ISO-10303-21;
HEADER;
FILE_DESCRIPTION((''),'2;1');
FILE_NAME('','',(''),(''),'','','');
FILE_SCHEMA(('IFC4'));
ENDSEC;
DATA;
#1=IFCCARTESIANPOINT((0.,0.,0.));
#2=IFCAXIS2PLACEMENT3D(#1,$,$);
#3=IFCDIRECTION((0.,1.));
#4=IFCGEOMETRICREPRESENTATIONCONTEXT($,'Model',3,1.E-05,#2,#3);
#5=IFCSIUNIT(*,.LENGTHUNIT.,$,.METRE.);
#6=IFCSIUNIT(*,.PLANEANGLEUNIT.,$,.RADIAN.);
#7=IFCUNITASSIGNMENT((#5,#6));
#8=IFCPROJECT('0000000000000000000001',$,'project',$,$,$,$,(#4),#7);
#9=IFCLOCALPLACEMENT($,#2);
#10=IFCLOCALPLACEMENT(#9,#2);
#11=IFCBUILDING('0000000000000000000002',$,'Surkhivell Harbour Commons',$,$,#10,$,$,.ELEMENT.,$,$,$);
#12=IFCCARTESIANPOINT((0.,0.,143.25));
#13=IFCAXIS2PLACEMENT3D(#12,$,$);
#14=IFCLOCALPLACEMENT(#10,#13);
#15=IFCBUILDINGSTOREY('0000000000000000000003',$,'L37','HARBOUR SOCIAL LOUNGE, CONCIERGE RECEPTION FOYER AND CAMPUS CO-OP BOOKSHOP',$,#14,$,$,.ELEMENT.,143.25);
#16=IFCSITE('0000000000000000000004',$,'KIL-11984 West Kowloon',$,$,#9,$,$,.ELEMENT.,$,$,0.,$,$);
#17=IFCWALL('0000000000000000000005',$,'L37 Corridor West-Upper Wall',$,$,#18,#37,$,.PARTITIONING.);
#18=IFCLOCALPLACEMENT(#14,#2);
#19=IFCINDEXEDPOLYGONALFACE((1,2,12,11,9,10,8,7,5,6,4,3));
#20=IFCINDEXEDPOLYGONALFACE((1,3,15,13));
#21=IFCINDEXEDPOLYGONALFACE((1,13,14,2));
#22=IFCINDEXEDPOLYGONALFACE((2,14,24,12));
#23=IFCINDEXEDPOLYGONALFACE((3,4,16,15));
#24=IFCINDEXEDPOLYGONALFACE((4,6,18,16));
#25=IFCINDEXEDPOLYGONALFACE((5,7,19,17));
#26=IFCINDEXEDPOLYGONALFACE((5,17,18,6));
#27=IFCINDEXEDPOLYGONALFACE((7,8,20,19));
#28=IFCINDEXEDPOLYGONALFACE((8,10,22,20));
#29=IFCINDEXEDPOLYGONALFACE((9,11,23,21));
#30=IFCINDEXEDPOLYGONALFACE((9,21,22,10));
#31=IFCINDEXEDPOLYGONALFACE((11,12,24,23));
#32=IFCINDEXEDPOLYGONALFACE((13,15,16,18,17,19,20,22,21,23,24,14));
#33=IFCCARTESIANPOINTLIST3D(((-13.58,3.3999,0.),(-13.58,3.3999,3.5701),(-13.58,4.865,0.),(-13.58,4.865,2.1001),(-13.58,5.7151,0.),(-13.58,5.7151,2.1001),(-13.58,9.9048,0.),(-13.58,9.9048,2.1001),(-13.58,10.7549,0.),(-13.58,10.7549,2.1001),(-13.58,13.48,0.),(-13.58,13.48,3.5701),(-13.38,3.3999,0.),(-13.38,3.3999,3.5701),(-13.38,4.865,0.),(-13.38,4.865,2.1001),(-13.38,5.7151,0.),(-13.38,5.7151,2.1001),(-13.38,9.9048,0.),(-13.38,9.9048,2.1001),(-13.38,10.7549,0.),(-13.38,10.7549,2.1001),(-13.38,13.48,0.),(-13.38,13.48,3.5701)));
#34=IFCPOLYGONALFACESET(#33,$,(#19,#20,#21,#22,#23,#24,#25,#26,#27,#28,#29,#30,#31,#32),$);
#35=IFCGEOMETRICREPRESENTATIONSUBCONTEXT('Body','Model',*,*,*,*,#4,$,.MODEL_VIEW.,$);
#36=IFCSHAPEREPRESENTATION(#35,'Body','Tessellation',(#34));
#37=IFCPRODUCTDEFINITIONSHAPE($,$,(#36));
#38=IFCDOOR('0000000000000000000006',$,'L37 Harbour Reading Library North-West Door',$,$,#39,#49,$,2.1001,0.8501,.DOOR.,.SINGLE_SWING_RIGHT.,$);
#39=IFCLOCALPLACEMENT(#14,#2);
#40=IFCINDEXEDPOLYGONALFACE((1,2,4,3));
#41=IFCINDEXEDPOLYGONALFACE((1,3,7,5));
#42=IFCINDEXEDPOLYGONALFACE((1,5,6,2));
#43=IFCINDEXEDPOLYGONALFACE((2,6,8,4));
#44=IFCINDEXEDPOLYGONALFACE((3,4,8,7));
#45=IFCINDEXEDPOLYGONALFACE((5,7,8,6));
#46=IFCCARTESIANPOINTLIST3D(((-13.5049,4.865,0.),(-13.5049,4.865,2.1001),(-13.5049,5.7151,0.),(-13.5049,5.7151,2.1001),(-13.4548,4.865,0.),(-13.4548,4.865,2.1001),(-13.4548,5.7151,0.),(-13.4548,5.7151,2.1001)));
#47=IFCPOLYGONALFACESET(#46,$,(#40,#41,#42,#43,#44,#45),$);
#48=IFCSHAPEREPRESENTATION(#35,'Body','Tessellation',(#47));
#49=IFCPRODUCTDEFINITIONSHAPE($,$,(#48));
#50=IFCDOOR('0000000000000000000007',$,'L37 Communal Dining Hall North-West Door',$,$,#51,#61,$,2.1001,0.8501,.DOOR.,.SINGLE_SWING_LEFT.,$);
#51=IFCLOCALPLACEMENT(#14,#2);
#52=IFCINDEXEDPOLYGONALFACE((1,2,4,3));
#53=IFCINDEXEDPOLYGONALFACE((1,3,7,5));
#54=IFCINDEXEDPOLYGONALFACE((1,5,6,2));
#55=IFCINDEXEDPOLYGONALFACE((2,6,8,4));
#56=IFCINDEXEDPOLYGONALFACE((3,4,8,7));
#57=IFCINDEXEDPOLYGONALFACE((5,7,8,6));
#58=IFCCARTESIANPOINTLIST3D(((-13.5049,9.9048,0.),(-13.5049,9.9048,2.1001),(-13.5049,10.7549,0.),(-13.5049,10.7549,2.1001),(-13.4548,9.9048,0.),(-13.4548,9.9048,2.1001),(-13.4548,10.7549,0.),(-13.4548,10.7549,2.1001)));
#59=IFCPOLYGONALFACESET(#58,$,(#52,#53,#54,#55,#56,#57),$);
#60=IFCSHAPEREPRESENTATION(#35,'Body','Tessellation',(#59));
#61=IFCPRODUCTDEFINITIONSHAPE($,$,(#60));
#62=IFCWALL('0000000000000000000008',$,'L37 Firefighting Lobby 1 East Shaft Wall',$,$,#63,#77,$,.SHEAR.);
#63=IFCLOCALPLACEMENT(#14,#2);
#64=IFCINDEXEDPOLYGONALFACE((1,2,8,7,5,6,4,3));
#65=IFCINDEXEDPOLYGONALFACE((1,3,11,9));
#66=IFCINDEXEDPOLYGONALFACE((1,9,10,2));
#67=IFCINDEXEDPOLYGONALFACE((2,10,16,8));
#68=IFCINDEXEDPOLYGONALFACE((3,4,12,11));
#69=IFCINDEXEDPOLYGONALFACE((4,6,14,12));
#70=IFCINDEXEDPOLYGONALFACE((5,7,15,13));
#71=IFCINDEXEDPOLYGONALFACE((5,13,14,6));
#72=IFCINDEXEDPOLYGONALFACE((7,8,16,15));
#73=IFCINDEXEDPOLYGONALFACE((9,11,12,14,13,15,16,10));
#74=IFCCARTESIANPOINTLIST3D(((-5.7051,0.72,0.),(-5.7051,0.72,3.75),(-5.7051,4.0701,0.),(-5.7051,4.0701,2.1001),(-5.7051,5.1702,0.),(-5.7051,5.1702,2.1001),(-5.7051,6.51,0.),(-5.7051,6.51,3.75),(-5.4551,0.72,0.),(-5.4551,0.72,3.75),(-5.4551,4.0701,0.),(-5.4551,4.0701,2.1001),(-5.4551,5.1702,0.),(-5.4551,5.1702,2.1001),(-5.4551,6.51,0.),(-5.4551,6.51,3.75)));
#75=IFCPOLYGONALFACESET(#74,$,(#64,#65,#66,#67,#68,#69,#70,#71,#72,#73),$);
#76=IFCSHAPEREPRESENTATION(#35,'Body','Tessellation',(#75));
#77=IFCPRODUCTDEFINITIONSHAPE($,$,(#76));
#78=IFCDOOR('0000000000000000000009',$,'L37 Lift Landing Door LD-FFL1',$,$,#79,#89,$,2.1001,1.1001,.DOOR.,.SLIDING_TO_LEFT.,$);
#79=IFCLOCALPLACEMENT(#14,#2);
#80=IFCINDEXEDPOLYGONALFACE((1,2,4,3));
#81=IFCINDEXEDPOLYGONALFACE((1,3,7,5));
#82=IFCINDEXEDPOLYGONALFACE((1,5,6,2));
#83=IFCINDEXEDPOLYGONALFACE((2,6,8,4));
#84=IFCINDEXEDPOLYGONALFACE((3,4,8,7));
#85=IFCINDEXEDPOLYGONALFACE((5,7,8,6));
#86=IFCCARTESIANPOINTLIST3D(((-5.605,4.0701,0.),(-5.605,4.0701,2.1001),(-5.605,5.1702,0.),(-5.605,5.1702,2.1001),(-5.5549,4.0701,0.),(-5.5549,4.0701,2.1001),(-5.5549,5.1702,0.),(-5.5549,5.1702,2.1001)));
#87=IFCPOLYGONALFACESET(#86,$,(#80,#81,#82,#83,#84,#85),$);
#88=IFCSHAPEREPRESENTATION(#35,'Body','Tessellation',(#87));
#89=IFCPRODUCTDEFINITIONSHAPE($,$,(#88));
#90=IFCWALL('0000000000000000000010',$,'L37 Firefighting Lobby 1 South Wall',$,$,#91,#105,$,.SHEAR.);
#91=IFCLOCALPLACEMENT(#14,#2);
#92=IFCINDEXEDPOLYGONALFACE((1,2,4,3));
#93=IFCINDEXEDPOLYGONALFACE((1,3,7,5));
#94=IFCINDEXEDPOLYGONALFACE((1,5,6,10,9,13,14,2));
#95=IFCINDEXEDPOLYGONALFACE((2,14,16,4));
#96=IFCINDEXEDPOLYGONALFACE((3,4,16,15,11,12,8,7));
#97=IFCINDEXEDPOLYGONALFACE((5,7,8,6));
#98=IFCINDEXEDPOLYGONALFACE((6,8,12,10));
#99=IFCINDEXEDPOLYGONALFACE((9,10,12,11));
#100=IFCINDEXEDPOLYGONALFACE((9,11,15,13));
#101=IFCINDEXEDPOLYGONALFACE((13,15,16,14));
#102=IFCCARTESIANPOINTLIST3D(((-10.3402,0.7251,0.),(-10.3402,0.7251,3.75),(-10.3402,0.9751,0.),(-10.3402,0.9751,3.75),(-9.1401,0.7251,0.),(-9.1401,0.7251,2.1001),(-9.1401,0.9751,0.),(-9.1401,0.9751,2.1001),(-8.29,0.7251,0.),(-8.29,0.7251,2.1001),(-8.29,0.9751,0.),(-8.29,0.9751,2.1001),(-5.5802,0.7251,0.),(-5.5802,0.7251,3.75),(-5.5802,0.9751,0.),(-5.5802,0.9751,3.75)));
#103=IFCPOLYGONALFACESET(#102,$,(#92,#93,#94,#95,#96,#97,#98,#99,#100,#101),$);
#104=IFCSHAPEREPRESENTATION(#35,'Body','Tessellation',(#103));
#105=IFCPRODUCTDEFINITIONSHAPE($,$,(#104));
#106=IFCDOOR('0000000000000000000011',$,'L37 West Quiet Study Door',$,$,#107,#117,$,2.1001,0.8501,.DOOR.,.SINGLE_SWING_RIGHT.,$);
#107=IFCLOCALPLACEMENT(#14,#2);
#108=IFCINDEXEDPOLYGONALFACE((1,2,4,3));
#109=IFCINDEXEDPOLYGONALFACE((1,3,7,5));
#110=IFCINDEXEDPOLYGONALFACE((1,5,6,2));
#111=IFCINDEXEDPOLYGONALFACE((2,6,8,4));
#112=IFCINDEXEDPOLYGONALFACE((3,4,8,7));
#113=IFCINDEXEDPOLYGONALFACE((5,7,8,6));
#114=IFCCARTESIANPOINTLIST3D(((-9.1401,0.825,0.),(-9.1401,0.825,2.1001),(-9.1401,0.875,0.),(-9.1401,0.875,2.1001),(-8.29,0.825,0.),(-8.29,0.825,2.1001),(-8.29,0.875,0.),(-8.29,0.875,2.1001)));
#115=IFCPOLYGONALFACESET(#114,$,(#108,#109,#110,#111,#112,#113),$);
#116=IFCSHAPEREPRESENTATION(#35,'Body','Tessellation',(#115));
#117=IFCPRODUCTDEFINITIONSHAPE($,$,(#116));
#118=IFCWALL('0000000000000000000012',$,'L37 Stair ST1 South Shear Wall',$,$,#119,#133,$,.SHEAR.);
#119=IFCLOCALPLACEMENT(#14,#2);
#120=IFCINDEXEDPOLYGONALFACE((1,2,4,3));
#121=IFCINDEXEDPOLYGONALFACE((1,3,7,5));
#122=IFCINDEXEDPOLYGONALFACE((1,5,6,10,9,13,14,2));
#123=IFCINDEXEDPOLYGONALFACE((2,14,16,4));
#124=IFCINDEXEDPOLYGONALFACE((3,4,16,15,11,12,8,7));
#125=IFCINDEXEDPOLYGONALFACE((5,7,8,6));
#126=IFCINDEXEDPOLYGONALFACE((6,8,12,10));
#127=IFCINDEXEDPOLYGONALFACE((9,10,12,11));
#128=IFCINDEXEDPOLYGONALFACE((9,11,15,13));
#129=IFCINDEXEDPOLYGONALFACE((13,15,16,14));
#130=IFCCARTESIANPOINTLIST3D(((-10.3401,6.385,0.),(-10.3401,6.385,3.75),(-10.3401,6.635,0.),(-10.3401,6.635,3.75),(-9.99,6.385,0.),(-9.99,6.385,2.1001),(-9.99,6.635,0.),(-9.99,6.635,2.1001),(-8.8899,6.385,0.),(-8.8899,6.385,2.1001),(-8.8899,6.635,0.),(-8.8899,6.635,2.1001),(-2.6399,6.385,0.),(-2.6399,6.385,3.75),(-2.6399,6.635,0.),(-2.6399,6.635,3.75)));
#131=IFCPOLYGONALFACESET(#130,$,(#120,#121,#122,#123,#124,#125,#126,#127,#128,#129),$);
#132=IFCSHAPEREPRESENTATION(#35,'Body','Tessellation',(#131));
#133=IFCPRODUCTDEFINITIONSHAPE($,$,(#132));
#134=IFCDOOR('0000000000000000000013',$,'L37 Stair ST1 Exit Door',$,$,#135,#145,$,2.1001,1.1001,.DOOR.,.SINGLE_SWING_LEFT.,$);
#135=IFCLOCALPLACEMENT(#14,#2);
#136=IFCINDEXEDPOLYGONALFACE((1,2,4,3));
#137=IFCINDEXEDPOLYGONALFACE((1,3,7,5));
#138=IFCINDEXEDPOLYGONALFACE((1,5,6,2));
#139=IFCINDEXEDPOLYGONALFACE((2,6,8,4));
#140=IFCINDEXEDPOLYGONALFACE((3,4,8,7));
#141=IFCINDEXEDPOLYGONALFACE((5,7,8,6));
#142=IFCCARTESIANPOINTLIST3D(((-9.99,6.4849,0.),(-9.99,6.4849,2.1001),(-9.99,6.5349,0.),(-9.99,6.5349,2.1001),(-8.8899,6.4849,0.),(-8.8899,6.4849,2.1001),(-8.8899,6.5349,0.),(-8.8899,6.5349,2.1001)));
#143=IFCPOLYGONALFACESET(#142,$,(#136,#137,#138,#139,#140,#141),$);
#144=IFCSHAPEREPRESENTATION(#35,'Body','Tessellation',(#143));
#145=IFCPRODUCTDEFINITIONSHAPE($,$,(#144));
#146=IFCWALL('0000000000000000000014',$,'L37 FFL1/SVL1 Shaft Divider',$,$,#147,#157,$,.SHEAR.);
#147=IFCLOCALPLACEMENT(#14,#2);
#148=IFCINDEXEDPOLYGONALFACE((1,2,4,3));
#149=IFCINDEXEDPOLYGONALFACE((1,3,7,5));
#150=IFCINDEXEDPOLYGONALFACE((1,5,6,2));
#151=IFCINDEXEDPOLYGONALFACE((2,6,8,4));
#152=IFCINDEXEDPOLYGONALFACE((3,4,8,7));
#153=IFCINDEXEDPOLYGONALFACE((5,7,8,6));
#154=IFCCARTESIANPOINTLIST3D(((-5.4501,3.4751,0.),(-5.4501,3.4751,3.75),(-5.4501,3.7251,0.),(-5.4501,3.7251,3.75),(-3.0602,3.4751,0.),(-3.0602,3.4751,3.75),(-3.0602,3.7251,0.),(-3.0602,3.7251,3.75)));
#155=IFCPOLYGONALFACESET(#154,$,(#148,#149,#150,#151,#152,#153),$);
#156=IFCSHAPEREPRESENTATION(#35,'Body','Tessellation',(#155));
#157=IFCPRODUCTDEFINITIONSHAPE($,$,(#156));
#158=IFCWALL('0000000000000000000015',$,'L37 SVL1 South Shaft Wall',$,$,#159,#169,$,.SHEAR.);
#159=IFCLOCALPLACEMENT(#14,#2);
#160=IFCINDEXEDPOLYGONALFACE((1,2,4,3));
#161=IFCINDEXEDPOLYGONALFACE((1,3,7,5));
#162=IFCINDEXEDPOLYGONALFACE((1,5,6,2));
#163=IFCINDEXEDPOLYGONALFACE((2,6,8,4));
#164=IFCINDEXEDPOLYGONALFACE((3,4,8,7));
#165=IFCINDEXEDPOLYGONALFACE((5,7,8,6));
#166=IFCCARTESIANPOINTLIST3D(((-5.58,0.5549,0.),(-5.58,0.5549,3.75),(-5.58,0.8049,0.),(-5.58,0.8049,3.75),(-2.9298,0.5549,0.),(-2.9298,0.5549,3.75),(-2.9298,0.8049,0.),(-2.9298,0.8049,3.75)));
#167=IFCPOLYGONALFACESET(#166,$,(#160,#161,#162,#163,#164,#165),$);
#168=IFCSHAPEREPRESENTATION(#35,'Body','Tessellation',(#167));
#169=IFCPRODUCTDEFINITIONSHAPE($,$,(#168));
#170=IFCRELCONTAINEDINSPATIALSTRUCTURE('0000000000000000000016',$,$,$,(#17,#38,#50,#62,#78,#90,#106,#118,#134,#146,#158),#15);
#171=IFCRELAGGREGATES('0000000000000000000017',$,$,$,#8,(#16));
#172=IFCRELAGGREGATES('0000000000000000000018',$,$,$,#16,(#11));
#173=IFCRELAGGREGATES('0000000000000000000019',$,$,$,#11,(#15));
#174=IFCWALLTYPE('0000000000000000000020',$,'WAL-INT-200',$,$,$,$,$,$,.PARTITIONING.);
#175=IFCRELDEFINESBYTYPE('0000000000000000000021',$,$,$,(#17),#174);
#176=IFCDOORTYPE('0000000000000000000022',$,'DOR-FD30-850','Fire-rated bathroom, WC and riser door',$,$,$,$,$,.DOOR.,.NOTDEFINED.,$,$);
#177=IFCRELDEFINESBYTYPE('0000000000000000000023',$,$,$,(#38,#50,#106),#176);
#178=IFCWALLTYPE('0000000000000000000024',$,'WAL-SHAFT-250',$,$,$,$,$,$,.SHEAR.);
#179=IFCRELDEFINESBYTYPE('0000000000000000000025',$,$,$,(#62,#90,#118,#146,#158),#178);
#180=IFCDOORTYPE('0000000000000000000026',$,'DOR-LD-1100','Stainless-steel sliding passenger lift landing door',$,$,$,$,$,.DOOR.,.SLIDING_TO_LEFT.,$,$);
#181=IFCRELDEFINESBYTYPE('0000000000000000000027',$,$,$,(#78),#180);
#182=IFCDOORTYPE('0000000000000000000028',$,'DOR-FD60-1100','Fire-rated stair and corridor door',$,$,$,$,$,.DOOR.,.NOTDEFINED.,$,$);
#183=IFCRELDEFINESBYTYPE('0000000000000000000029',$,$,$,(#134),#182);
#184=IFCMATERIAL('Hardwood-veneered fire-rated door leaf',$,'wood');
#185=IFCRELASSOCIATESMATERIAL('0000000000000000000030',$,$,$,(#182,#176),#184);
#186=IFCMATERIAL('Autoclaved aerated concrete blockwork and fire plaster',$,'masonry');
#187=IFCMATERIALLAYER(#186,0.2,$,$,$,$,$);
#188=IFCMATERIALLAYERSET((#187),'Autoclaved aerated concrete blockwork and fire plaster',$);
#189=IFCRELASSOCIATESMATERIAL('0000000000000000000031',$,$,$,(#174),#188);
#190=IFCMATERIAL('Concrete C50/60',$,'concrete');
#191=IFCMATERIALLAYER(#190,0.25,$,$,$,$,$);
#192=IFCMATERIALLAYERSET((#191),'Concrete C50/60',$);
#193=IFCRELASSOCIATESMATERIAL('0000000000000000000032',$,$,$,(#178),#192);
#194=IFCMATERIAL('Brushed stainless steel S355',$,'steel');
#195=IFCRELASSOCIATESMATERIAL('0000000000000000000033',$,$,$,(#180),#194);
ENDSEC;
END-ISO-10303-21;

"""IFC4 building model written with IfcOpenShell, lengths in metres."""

from ifc_helpers import new_model, si_unit, direction, frame, frame_2d, origin, place, context, subcontext, project, spatial, rectangle, extrude, material, layer, layer_set, type_object, element, fill, save


model = new_model("IFC4")

# Units and contexts
model_context = context("Model", 3, precision=1e-05, world=origin(), true_north=direction((0.0, 1.0)))
body_context = subcontext(model_context, "Body", "Model", "MODEL_VIEW")
ifc_project = project(units=[si_unit("LENGTHUNIT", "METRE"), si_unit("PLANEANGLEUNIT", "RADIAN")], contexts=[model_context])

# Site, building, storey
site_placement = place(None, origin())
site = spatial("IfcSite", under=ifc_project, at=site_placement, Name="KIL-11984 West Kowloon", CompositionType="ELEMENT", RefElevation=0.0)
building_placement = place(site_placement, origin())
building = spatial("IfcBuilding", under=site, at=building_placement, Name="Surkhivell Harbour Commons", CompositionType="ELEMENT")
storey_placement = place(building_placement, frame((0.0, 0.0, 143.25)))
storey = spatial("IfcBuildingStorey", under=building, at=storey_placement, Name="L37", Description="HARBOUR SOCIAL LOUNGE, CONCIERGE RECEPTION FOYER AND CAMPUS CO-OP BOOKSHOP", CompositionType="ELEMENT", Elevation=143.25)

# Shared definitions
ifc_material_1 = material(Name="Hardwood-veneered fire-rated door leaf", Category="wood")
door_type_1 = type_object("IfcDoorType", Name="DOR-FD60-1100", Description="Fire-rated stair and corridor door", OperationType="NOTDEFINED", PredefinedType="DOOR", material=ifc_material_1)

# Wall, openings, doors
ifc_material_2 = material(Name="Autoclaved aerated concrete blockwork and fire plaster", Category="masonry")
ifc_layer_1 = layer(ifc_material_2, 0.2)
ifc_layer_set_1 = layer_set([ifc_layer_1], Name="Autoclaved aerated concrete blockwork and fire plaster")
wall_type_1 = type_object("IfcWallType", Name="WAL-INT-200", PredefinedType="PARTITIONING", material=ifc_layer_set_1)
wall_1_placement = place(storey_placement, frame((-13.48, 3.3999, 0.0), z_axis=(0.0, 0.0, 1.0), x_axis=(0.0, 1.0, 0.0)))
wall_1 = element("IfcWall", 1, at=wall_1_placement, inside=storey, type_object=wall_type_1, Name="L37 Corridor West-Upper Wall", PredefinedType="PARTITIONING", context=body_context, shape_type="SweptSolid", body=[
    extrude(rectangle(XDim=10.0801, YDim=0.2, at=frame_2d((5.04, 0.0))), origin(), (0.0, 0.0, 1.0), 3.5701),
])
opening_1_placement = place(wall_1_placement, frame((1.4651, 0.0, 0.0)))
opening_1 = element("IfcOpeningElement", 2, at=opening_1_placement, cuts=wall_1, PredefinedType="OPENING", context=body_context, shape_type="SweptSolid", body=[
    extrude(rectangle(XDim=0.8501, YDim=2.1001, at=frame_2d((0.425, 1.05))), frame((0.0, 0.1099, 0.0), z_axis=(0.0, -1.0, 0.0), x_axis=(1.0, 0.0, 0.0)), (0.0, 0.0, 1.0), 0.22),
])
opening_2_placement = place(wall_1_placement, frame((6.5049, 0.0, 0.0)))
opening_2 = element("IfcOpeningElement", 3, at=opening_2_placement, cuts=wall_1, PredefinedType="OPENING", context=body_context, shape_type="SweptSolid", body=[
    extrude(rectangle(XDim=0.8501, YDim=2.1001, at=frame_2d((0.425, 1.05))), frame((0.0, 0.1099, 0.0), z_axis=(0.0, -1.0, 0.0), x_axis=(1.0, 0.0, 0.0)), (0.0, 0.0, 1.0), 0.22),
])
door_type_2 = type_object("IfcDoorType", Name="DOR-FD30-850", Description="Fire-rated bathroom, WC and riser door", OperationType="NOTDEFINED", PredefinedType="DOOR", material=ifc_material_1)
door_1_placement = place(opening_1_placement, origin())
door_1 = element("IfcDoor", 4, at=door_1_placement, inside=storey, type_object=door_type_2, Name="L37 Harbour Reading Library North-West Door", OperationType="SINGLE_SWING_RIGHT", OverallHeight=2.1001, OverallWidth=0.8501, PredefinedType="DOOR", context=body_context, shape_type="SweptSolid", body=[
    extrude(rectangle(XDim=0.8501, YDim=2.1001, at=frame_2d((0.425, 1.05))), frame((0.0, 0.0249, 0.0), z_axis=(0.0, -1.0, 0.0), x_axis=(1.0, 0.0, 0.0)), (0.0, 0.0, 1.0), 0.05),
])
fill(opening_1, door_1)
door_2_placement = place(opening_2_placement, origin())
door_2 = element("IfcDoor", 5, at=door_2_placement, inside=storey, type_object=door_type_2, Name="L37 Communal Dining Hall North-West Door", OperationType="SINGLE_SWING_LEFT", OverallHeight=2.1001, OverallWidth=0.8501, PredefinedType="DOOR", context=body_context, shape_type="SweptSolid", body=[
    extrude(rectangle(XDim=0.8501, YDim=2.1001, at=frame_2d((0.425, 1.05))), frame((0.0, 0.0249, 0.0), z_axis=(0.0, -1.0, 0.0), x_axis=(1.0, 0.0, 0.0)), (0.0, 0.0, 1.0), 0.05),
])
fill(opening_2, door_2)

# Walls, openings, doors
ifc_material_3 = material(Name="Concrete C50/60", Category="concrete")
ifc_layer_2 = layer(ifc_material_3, 0.25)
ifc_layer_set_2 = layer_set([ifc_layer_2], Name="Concrete C50/60")
wall_type_2 = type_object("IfcWallType", Name="WAL-SHAFT-250", PredefinedType="SHEAR", material=ifc_layer_set_2)
wall_2_placement = place(storey_placement, frame((-5.5801, 0.72, 0.0), z_axis=(0.0, 0.0, 1.0), x_axis=(0.0, 1.0, 0.0)))
wall_2 = element("IfcWall", 6, at=wall_2_placement, inside=storey, type_object=wall_type_2, Name="L37 Firefighting Lobby 1 East Shaft Wall", PredefinedType="SHEAR", context=body_context, shape_type="SweptSolid", body=[
    extrude(rectangle(XDim=5.79, YDim=0.25, at=frame_2d((2.895, 0.0))), origin(), (0.0, 0.0, 1.0), 3.75),
])
opening_3_placement = place(wall_2_placement, frame((3.3501, 0.0, 0.0)))
opening_3 = element("IfcOpeningElement", 7, at=opening_3_placement, cuts=wall_2, PredefinedType="OPENING", context=body_context, shape_type="SweptSolid", body=[
    extrude(rectangle(XDim=1.1001, YDim=2.1001, at=frame_2d((0.55, 1.05))), frame((0.0, 0.135, 0.0), z_axis=(0.0, -1.0, 0.0), x_axis=(1.0, 0.0, 0.0)), (0.0, 0.0, 1.0), 0.27),
])
ifc_material_4 = material(Name="Brushed stainless steel S355", Category="steel")
door_type_3 = type_object("IfcDoorType", Name="DOR-LD-1100", Description="Stainless-steel sliding passenger lift landing door", OperationType="SLIDING_TO_LEFT", PredefinedType="DOOR", material=ifc_material_4)
door_3_placement = place(opening_3_placement, origin())
door_3 = element("IfcDoor", 8, at=door_3_placement, inside=storey, type_object=door_type_3, Name="L37 Lift Landing Door LD-FFL1", OperationType="SLIDING_TO_LEFT", OverallHeight=2.1001, OverallWidth=1.1001, PredefinedType="DOOR", context=body_context, shape_type="SweptSolid", body=[
    extrude(rectangle(XDim=1.1001, YDim=2.1001, at=frame_2d((0.55, 1.05))), frame((0.0, 0.0249, 0.0), z_axis=(0.0, -1.0, 0.0), x_axis=(1.0, 0.0, 0.0)), (0.0, 0.0, 1.0), 0.05),
])
fill(opening_3, door_3)
wall_3_placement = place(storey_placement, frame((-10.3401, 0.8501, 0.0), z_axis=(0.0, 0.0, 1.0), x_axis=(1.0, 0.0, 0.0)))
wall_3 = element("IfcWall", 9, at=wall_3_placement, inside=storey, type_object=wall_type_2, Name="L37 Firefighting Lobby 1 South Wall", PredefinedType="SHEAR", context=body_context, shape_type="SweptSolid", body=[
    extrude(rectangle(XDim=4.76, YDim=0.25, at=frame_2d((2.3799, 0.0))), origin(), (0.0, 0.0, 1.0), 3.75),
])
opening_4_placement = place(wall_3_placement, frame((1.2, 0.0, 0.0)))
opening_4 = element("IfcOpeningElement", 10, at=opening_4_placement, cuts=wall_3, PredefinedType="OPENING", context=body_context, shape_type="SweptSolid", body=[
    extrude(rectangle(XDim=0.8501, YDim=2.1001, at=frame_2d((0.425, 1.05))), frame((0.0, 0.135, 0.0), z_axis=(0.0, -1.0, 0.0), x_axis=(1.0, 0.0, 0.0)), (0.0, 0.0, 1.0), 0.27),
])
door_4_placement = place(opening_4_placement, origin())
door_4 = element("IfcDoor", 11, at=door_4_placement, inside=storey, type_object=door_type_2, Name="L37 West Quiet Study Door", OperationType="SINGLE_SWING_RIGHT", OverallHeight=2.1001, OverallWidth=0.8501, PredefinedType="DOOR", context=body_context, shape_type="SweptSolid", body=[
    extrude(rectangle(XDim=0.8501, YDim=2.1001, at=frame_2d((0.425, 1.05))), frame((0.0, 0.0249, 0.0), z_axis=(0.0, -1.0, 0.0), x_axis=(1.0, 0.0, 0.0)), (0.0, 0.0, 1.0), 0.05),
])
fill(opening_4, door_4)
wall_4_placement = place(storey_placement, frame((-10.3401, 6.51, 0.0), z_axis=(0.0, 0.0, 1.0), x_axis=(1.0, 0.0, 0.0)))
wall_4 = element("IfcWall", 12, at=wall_4_placement, inside=storey, type_object=wall_type_2, Name="L37 Stair ST1 South Shear Wall", PredefinedType="SHEAR", context=body_context, shape_type="SweptSolid", body=[
    extrude(rectangle(XDim=7.7002, YDim=0.25, at=frame_2d((3.8501, 0.0))), origin(), (0.0, 0.0, 1.0), 3.75),
])
opening_5_placement = place(wall_4_placement, frame((0.3501, 0.0, 0.0)))
opening_5 = element("IfcOpeningElement", 13, at=opening_5_placement, cuts=wall_4, PredefinedType="OPENING", context=body_context, shape_type="SweptSolid", body=[
    extrude(rectangle(XDim=1.1001, YDim=2.1001, at=frame_2d((0.55, 1.05))), frame((0.0, 0.135, 0.0), z_axis=(0.0, -1.0, 0.0), x_axis=(1.0, 0.0, 0.0)), (0.0, 0.0, 1.0), 0.27),
])
door_5_placement = place(opening_5_placement, origin())
door_5 = element("IfcDoor", 14, at=door_5_placement, inside=storey, type_object=door_type_1, Name="L37 Stair ST1 Exit Door", OperationType="SINGLE_SWING_LEFT", OverallHeight=2.1001, OverallWidth=1.1001, PredefinedType="DOOR", context=body_context, shape_type="SweptSolid", body=[
    extrude(rectangle(XDim=1.1001, YDim=2.1001, at=frame_2d((0.55, 1.05))), frame((0.0, 0.0249, 0.0), z_axis=(0.0, -1.0, 0.0), x_axis=(1.0, 0.0, 0.0)), (0.0, 0.0, 1.0), 0.05),
])
fill(opening_5, door_5)

# Walls
wall_5_placement = place(storey_placement, frame((-5.45, 3.6001, 0.0), z_axis=(0.0, 0.0, 1.0), x_axis=(1.0, 0.0, 0.0)))
element("IfcWall", 15, at=wall_5_placement, inside=storey, type_object=wall_type_2, Name="L37 FFL1/SVL1 Shaft Divider", PredefinedType="SHEAR", context=body_context, shape_type="SweptSolid", body=[
    extrude(rectangle(XDim=2.3899, YDim=0.25, at=frame_2d((1.1948, 0.0))), origin(), (0.0, 0.0, 1.0), 3.75),
])
wall_6_placement = place(storey_placement, frame((-5.5801, 0.6799, 0.0), z_axis=(0.0, 0.0, 1.0), x_axis=(1.0, 0.0, 0.0)))
element("IfcWall", 16, at=wall_6_placement, inside=storey, type_object=wall_type_2, Name="L37 SVL1 South Shaft Wall", PredefinedType="SHEAR", context=body_context, shape_type="SweptSolid", body=[
    extrude(rectangle(XDim=2.6501, YDim=0.25, at=frame_2d((1.3252, 0.0))), origin(), (0.0, 0.0, 1.0), 3.75),
])

save(model, "model.ifc")
